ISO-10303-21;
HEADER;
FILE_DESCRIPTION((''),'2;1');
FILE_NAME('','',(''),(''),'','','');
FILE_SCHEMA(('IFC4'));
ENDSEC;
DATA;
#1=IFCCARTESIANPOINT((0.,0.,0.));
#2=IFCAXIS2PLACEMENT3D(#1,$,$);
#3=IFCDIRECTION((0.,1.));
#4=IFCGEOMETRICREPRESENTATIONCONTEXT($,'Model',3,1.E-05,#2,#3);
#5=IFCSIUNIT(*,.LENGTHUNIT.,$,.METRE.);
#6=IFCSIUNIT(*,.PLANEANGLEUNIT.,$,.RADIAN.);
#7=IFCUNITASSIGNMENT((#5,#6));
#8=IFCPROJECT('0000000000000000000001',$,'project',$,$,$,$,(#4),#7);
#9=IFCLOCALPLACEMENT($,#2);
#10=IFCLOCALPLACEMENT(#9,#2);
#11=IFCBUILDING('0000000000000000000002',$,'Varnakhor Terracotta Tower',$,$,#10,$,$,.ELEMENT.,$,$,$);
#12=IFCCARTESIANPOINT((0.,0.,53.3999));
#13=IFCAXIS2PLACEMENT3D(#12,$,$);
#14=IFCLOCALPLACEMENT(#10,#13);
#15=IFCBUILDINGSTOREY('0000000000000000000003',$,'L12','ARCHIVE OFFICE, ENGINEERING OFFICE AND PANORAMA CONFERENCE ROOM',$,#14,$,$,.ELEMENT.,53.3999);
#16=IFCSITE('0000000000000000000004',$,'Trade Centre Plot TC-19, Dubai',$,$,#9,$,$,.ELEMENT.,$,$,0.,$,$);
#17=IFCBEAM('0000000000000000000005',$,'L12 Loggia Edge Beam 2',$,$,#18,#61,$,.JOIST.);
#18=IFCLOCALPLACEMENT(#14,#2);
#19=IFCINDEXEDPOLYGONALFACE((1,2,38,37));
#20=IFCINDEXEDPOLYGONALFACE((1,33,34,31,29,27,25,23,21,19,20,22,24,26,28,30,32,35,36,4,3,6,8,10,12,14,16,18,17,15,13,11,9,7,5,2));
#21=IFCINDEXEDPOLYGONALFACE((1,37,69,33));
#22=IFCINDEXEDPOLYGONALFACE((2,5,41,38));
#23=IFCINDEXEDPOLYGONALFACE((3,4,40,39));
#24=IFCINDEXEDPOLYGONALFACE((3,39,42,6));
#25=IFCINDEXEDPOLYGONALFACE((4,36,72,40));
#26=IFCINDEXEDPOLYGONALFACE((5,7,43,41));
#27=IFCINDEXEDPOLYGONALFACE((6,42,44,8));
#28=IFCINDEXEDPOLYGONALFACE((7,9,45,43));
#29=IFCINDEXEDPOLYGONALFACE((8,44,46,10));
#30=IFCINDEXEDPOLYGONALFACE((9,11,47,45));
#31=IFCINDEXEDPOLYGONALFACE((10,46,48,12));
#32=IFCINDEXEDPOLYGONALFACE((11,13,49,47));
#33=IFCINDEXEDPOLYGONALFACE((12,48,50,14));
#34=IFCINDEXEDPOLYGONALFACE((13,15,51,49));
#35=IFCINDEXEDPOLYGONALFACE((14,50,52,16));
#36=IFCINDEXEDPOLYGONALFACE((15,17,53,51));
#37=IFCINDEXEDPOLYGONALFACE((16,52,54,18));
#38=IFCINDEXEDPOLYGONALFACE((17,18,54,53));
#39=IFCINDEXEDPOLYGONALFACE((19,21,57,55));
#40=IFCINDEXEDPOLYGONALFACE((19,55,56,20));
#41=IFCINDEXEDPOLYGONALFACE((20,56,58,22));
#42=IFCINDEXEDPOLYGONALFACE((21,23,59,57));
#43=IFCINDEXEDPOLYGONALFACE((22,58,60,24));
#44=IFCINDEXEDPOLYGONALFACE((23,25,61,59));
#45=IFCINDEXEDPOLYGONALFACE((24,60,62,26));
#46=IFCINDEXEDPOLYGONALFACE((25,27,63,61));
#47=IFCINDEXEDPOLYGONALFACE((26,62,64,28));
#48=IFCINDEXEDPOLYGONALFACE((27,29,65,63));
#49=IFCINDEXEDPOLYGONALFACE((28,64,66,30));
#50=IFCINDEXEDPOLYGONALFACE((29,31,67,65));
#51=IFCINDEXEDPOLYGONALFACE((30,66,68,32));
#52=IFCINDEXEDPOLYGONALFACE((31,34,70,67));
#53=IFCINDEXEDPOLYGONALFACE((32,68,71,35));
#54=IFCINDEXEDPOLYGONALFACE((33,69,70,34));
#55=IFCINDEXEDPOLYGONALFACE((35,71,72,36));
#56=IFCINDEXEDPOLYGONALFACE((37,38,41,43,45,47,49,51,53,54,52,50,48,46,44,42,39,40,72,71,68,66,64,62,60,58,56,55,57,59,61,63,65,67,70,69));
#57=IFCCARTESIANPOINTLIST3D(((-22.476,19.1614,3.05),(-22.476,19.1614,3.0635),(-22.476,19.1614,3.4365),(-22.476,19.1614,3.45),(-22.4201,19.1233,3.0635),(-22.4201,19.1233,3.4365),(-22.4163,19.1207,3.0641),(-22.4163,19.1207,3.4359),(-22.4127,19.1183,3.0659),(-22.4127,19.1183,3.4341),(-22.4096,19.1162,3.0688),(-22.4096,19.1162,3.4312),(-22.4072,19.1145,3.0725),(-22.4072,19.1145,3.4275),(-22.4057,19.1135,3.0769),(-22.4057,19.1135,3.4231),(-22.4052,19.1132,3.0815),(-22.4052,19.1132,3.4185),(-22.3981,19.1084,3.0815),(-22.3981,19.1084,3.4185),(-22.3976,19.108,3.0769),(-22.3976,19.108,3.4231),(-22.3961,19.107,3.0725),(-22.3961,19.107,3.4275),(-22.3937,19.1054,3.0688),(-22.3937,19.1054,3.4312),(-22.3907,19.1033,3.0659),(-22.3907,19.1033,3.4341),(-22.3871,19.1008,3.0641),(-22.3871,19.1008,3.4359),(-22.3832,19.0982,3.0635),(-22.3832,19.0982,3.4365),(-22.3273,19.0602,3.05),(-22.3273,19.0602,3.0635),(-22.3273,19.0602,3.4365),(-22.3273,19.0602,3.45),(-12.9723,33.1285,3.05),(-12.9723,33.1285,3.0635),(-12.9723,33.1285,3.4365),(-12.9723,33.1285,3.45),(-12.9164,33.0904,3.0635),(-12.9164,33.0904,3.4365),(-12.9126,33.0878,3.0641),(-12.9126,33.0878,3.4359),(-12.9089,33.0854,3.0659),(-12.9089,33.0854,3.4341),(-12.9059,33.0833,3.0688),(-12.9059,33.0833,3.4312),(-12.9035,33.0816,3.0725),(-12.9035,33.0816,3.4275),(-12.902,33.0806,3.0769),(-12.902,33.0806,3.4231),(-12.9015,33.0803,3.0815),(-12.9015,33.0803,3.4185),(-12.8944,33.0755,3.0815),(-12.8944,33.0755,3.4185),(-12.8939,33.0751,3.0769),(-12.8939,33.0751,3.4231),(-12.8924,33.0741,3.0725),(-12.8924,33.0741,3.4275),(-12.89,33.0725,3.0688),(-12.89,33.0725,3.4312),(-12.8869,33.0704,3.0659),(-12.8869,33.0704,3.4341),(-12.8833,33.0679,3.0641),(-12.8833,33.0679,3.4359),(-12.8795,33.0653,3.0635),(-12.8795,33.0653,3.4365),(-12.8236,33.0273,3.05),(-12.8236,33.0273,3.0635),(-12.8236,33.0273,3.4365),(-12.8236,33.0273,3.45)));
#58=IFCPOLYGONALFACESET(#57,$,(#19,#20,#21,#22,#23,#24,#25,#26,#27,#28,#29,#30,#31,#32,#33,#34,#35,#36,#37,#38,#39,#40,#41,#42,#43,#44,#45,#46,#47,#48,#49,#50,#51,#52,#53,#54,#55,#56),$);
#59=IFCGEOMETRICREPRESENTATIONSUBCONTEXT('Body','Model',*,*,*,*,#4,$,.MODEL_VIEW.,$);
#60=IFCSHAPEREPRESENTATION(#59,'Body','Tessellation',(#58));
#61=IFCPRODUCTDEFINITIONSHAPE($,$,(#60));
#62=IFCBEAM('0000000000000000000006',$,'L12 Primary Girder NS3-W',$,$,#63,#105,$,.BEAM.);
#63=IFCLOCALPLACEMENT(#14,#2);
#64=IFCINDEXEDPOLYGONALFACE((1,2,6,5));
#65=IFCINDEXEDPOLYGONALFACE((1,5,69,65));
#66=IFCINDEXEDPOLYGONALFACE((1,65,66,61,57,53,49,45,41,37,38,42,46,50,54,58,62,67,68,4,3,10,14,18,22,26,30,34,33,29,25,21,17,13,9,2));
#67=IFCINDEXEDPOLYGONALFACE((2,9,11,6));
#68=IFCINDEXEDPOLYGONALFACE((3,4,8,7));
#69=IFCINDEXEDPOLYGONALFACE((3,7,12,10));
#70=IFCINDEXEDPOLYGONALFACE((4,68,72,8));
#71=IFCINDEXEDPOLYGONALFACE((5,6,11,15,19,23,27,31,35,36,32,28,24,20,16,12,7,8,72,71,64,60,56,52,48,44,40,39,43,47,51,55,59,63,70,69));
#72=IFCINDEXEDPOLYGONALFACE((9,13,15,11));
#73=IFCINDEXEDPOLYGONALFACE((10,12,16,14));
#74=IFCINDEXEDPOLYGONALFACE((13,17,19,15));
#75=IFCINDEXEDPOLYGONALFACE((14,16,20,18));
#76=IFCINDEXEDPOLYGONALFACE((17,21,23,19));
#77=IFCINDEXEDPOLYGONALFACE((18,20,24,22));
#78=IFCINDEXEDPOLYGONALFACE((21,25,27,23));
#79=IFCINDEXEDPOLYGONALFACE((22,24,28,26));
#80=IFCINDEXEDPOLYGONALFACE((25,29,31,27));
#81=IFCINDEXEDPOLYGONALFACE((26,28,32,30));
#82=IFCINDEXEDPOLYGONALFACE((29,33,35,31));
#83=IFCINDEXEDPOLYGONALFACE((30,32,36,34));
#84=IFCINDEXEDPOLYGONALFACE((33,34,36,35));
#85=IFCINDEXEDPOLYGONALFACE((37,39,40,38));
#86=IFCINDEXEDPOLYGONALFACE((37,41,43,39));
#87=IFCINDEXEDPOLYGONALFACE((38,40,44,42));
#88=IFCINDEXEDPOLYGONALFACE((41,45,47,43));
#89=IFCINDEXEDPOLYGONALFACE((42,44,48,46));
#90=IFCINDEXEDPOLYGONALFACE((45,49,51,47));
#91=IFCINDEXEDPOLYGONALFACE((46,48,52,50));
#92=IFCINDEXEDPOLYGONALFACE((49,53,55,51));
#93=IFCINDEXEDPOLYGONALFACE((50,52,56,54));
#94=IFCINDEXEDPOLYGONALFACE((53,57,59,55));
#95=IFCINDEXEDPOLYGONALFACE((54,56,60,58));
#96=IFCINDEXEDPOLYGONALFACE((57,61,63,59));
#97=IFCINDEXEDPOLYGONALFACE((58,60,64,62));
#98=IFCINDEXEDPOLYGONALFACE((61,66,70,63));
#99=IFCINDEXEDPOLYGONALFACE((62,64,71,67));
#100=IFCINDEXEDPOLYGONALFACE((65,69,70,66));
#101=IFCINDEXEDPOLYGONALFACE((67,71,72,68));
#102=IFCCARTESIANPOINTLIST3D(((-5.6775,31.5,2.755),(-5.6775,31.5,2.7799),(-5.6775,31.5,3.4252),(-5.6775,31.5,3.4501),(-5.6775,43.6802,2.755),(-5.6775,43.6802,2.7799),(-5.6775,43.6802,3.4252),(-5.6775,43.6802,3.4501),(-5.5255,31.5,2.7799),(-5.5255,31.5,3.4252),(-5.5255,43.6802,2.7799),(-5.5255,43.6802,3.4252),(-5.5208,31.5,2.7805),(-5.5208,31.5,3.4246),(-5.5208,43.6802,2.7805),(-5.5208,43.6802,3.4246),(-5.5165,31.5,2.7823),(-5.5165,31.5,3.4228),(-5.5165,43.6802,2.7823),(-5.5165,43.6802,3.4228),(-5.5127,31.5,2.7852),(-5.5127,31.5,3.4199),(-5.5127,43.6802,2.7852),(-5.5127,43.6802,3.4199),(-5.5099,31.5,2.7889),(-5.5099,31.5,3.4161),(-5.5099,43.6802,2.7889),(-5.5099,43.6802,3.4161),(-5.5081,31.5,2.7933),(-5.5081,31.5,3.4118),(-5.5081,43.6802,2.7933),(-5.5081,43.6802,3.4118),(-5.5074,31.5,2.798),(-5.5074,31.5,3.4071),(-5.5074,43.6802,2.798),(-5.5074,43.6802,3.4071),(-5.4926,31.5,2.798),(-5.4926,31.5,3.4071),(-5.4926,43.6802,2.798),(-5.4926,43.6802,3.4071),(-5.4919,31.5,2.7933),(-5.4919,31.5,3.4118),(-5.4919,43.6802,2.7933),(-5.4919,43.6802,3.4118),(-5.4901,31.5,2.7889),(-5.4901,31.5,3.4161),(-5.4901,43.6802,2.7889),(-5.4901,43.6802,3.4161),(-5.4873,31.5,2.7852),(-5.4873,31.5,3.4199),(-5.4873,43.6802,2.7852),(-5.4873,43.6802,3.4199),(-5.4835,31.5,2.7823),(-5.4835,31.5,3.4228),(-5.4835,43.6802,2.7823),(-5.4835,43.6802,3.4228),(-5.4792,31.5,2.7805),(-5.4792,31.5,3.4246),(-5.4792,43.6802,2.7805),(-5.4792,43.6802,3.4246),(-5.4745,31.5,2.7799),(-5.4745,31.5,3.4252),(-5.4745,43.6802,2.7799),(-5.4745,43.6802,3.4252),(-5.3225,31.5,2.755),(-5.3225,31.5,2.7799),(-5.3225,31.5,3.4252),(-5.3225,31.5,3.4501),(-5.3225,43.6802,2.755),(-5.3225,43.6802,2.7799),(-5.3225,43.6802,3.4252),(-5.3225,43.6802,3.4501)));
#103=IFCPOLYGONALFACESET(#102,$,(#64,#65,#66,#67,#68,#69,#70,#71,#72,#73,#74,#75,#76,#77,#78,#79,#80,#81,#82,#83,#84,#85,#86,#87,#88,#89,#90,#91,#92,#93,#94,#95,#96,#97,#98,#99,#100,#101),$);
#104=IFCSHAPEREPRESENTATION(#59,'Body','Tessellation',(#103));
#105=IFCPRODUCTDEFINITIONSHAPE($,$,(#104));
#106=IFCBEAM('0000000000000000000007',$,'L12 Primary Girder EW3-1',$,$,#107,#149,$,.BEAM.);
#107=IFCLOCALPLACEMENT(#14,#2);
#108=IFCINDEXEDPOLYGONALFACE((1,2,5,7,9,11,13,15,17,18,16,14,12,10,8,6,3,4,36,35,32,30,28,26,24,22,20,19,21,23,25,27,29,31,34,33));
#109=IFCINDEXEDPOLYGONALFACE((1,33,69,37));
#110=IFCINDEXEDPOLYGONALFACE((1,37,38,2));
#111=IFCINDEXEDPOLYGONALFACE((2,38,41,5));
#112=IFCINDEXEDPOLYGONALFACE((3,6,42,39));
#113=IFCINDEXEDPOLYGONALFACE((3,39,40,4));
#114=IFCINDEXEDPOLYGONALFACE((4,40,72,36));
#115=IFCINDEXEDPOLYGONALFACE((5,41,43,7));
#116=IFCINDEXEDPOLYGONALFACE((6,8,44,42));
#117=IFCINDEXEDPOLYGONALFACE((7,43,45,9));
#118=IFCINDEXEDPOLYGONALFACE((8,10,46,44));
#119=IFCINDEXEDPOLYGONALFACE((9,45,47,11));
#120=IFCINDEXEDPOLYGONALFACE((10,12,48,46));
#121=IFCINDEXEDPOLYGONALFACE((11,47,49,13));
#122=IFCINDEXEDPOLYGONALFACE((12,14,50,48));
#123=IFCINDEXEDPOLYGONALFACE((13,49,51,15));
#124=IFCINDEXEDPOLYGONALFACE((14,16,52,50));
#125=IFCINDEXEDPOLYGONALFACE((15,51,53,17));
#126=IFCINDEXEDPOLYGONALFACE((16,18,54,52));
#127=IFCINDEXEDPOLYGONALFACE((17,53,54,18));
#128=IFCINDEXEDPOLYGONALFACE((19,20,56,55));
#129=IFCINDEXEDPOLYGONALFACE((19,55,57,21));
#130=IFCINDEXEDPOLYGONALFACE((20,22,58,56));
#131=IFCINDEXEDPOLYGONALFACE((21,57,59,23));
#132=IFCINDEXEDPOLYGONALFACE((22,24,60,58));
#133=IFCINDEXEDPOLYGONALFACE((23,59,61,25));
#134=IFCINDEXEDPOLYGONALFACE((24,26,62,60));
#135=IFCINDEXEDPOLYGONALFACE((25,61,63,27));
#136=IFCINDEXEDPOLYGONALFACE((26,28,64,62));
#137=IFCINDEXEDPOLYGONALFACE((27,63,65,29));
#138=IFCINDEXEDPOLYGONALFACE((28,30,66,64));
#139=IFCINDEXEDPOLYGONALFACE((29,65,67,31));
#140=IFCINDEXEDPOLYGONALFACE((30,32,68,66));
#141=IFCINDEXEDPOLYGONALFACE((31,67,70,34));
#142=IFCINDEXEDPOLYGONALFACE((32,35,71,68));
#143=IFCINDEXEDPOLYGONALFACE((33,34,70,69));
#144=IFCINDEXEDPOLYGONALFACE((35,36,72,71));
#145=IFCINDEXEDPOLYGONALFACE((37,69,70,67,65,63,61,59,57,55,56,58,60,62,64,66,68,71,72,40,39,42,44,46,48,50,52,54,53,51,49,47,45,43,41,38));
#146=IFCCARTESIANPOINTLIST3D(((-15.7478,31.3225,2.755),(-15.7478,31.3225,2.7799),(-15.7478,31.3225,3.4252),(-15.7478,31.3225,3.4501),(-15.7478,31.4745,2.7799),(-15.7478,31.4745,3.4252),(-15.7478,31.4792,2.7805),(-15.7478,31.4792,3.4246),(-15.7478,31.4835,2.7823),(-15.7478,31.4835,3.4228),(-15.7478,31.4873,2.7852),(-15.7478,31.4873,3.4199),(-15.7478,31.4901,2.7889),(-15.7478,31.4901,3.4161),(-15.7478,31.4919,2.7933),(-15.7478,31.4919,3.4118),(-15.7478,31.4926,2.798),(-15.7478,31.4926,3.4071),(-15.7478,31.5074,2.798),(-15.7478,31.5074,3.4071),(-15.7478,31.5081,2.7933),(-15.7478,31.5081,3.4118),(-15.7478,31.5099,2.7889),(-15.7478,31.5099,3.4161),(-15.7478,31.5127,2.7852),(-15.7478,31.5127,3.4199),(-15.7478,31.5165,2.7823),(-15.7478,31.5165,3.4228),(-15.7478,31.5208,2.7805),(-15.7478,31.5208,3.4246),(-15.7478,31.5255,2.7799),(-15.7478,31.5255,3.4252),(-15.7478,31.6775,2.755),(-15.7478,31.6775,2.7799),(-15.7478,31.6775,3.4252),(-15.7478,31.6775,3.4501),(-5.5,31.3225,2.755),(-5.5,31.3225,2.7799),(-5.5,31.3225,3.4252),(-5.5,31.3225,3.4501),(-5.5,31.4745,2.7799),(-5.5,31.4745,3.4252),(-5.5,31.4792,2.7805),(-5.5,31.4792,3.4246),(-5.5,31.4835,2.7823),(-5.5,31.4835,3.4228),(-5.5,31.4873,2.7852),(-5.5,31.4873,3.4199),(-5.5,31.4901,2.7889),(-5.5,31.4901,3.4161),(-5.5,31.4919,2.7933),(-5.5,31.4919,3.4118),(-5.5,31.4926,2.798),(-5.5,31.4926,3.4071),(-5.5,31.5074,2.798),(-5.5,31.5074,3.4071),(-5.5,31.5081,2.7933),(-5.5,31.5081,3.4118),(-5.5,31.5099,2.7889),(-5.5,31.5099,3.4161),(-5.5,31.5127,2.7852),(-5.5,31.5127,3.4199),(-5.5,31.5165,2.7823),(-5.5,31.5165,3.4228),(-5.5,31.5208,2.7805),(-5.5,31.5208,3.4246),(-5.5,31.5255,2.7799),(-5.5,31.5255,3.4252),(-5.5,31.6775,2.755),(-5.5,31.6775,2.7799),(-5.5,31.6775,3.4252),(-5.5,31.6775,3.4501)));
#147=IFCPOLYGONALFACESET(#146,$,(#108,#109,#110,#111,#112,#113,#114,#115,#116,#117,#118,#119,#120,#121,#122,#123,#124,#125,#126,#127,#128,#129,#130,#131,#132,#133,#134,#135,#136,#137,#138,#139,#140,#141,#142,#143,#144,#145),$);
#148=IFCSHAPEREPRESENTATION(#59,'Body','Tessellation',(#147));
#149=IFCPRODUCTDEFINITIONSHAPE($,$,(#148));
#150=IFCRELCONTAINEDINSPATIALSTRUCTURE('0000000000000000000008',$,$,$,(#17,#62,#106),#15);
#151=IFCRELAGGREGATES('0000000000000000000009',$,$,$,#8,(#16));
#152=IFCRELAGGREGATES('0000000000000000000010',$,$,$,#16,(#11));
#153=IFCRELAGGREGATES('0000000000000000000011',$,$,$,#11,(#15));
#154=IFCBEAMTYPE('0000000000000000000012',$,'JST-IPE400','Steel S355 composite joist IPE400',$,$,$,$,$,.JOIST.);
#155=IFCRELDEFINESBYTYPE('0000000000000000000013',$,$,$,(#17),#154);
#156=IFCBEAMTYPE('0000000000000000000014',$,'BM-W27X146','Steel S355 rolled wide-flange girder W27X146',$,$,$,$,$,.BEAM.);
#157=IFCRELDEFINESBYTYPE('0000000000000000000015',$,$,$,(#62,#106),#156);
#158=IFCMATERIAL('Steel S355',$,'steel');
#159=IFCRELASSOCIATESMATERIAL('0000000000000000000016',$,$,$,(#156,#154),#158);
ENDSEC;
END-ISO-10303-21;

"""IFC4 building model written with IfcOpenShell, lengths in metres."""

from ifc_helpers import new_model, si_unit, direction, frame, origin, origin_2d, place, context, subcontext, project, spatial, i_section, extrude, source, transform, mapped, material, material_profile, profile_set, type_object, element, save


model = new_model("IFC4")

# Units and contexts
model_context = context("Model", 3, precision=1e-05, world=origin(), true_north=direction((0.0, 1.0)))
body_context = subcontext(model_context, "Body", "Model", "MODEL_VIEW")
ifc_project = project(units=[si_unit("LENGTHUNIT", "METRE"), si_unit("PLANEANGLEUNIT", "RADIAN")], contexts=[model_context])

# Site, building, storey
site_placement = place(None, origin())
site = spatial("IfcSite", under=ifc_project, at=site_placement, Name="Trade Centre Plot TC-19, Dubai", CompositionType="ELEMENT", RefElevation=0.0)
building_placement = place(site_placement, origin())
building = spatial("IfcBuilding", under=site, at=building_placement, Name="Varnakhor Terracotta Tower", CompositionType="ELEMENT")
storey_placement = place(building_placement, frame((0.0, 0.0, 53.3999)))
storey = spatial("IfcBuildingStorey", under=building, at=storey_placement, Name="L12", Description="ARCHIVE OFFICE, ENGINEERING OFFICE AND PANORAMA CONFERENCE ROOM", CompositionType="ELEMENT", Elevation=53.3999)

# Beams
ifc_material_1 = material(Name="Steel S355", Category="steel")
ifc_material_profile_1 = material_profile(ifc_material_1, i_section(OverallWidth=0.355, OverallDepth=0.6951, WebThickness=0.0149, FlangeThickness=0.0249, FilletRadius=0.0181, at=origin_2d()), Name="W27X146")
ifc_profile_set_1 = profile_set([ifc_material_profile_1], Name="Steel S355")
beam_type_1 = type_object("IfcBeamType", Name="BM-W27X146", Description="Steel S355 rolled wide-flange girder W27X146", PredefinedType="BEAM", material=ifc_profile_set_1)
ifc_material_profile_2 = material_profile(ifc_material_1, i_section(OverallWidth=0.1799, OverallDepth=0.3999, WebThickness=0.0085, FlangeThickness=0.0134, FilletRadius=0.0181, at=origin_2d()), Name="IPE400")
ifc_profile_set_2 = profile_set([ifc_material_profile_2], Name="Steel S355")
beam_type_2 = type_object("IfcBeamType", Name="JST-IPE400", Description="Steel S355 composite joist IPE400", PredefinedType="JOIST", material=ifc_profile_set_2)
shared_shape_1 = source(origin(), body_context, "Body", "SweptSolid", [
    extrude(i_section(OverallWidth=0.1799, OverallDepth=0.3999, WebThickness=0.0085, FlangeThickness=0.0134, FilletRadius=0.0181, at=origin_2d()), origin(), (0.0, 0.0, 1.0), 16.8938),
])
beam_1_placement = place(storey_placement, frame((-12.8979, 33.0779, 3.25), z_axis=(-0.562556, -0.826759, 0.0), x_axis=(0.826759, -0.562556, 0.0)))
element("IfcBeam", 1, at=beam_1_placement, inside=storey, type_object=beam_type_2, Name="L12 Loggia Edge Beam 2", PredefinedType="JOIST", context=body_context, shape_type="MappedRepresentation", body=[
    mapped(shared_shape_1, transform((0.0, 0.0, 0.0), scale=1.0)),
])
shared_shape_2 = source(origin(), body_context, "Body", "SweptSolid", [
    extrude(i_section(OverallWidth=0.355, OverallDepth=0.6951, WebThickness=0.0149, FlangeThickness=0.0249, FilletRadius=0.0181, at=origin_2d()), origin(), (0.0, 0.0, 1.0), 12.1802),
])
beam_2_placement = place(storey_placement, frame((-5.5, 31.5, 3.1025), z_axis=(0.0, 1.0, 0.0), x_axis=(-1.0, 0.0, 0.0)))
element("IfcBeam", 2, at=beam_2_placement, inside=storey, type_object=beam_type_1, Name="L12 Primary Girder NS3-W", PredefinedType="BEAM", context=body_context, shape_type="MappedRepresentation", body=[
    mapped(shared_shape_2, transform((0.0, 0.0, 0.0), scale=1.0)),
])
shared_shape_3 = source(origin(), body_context, "Body", "SweptSolid", [
    extrude(i_section(OverallWidth=0.355, OverallDepth=0.6951, WebThickness=0.0149, FlangeThickness=0.0249, FilletRadius=0.0181, at=origin_2d()), origin(), (0.0, 0.0, 1.0), 10.2478),
])
beam_3_placement = place(storey_placement, frame((-15.7478, 31.5, 3.1025), z_axis=(1.0, 0.0, 0.0), x_axis=(0.0, 1.0, 0.0)))
element("IfcBeam", 3, at=beam_3_placement, inside=storey, type_object=beam_type_1, Name="L12 Primary Girder EW3-1", PredefinedType="BEAM", context=body_context, shape_type="MappedRepresentation", body=[
    mapped(shared_shape_3, transform((0.0, 0.0, 0.0), scale=1.0)),
])

save(model, "model.ifc")
